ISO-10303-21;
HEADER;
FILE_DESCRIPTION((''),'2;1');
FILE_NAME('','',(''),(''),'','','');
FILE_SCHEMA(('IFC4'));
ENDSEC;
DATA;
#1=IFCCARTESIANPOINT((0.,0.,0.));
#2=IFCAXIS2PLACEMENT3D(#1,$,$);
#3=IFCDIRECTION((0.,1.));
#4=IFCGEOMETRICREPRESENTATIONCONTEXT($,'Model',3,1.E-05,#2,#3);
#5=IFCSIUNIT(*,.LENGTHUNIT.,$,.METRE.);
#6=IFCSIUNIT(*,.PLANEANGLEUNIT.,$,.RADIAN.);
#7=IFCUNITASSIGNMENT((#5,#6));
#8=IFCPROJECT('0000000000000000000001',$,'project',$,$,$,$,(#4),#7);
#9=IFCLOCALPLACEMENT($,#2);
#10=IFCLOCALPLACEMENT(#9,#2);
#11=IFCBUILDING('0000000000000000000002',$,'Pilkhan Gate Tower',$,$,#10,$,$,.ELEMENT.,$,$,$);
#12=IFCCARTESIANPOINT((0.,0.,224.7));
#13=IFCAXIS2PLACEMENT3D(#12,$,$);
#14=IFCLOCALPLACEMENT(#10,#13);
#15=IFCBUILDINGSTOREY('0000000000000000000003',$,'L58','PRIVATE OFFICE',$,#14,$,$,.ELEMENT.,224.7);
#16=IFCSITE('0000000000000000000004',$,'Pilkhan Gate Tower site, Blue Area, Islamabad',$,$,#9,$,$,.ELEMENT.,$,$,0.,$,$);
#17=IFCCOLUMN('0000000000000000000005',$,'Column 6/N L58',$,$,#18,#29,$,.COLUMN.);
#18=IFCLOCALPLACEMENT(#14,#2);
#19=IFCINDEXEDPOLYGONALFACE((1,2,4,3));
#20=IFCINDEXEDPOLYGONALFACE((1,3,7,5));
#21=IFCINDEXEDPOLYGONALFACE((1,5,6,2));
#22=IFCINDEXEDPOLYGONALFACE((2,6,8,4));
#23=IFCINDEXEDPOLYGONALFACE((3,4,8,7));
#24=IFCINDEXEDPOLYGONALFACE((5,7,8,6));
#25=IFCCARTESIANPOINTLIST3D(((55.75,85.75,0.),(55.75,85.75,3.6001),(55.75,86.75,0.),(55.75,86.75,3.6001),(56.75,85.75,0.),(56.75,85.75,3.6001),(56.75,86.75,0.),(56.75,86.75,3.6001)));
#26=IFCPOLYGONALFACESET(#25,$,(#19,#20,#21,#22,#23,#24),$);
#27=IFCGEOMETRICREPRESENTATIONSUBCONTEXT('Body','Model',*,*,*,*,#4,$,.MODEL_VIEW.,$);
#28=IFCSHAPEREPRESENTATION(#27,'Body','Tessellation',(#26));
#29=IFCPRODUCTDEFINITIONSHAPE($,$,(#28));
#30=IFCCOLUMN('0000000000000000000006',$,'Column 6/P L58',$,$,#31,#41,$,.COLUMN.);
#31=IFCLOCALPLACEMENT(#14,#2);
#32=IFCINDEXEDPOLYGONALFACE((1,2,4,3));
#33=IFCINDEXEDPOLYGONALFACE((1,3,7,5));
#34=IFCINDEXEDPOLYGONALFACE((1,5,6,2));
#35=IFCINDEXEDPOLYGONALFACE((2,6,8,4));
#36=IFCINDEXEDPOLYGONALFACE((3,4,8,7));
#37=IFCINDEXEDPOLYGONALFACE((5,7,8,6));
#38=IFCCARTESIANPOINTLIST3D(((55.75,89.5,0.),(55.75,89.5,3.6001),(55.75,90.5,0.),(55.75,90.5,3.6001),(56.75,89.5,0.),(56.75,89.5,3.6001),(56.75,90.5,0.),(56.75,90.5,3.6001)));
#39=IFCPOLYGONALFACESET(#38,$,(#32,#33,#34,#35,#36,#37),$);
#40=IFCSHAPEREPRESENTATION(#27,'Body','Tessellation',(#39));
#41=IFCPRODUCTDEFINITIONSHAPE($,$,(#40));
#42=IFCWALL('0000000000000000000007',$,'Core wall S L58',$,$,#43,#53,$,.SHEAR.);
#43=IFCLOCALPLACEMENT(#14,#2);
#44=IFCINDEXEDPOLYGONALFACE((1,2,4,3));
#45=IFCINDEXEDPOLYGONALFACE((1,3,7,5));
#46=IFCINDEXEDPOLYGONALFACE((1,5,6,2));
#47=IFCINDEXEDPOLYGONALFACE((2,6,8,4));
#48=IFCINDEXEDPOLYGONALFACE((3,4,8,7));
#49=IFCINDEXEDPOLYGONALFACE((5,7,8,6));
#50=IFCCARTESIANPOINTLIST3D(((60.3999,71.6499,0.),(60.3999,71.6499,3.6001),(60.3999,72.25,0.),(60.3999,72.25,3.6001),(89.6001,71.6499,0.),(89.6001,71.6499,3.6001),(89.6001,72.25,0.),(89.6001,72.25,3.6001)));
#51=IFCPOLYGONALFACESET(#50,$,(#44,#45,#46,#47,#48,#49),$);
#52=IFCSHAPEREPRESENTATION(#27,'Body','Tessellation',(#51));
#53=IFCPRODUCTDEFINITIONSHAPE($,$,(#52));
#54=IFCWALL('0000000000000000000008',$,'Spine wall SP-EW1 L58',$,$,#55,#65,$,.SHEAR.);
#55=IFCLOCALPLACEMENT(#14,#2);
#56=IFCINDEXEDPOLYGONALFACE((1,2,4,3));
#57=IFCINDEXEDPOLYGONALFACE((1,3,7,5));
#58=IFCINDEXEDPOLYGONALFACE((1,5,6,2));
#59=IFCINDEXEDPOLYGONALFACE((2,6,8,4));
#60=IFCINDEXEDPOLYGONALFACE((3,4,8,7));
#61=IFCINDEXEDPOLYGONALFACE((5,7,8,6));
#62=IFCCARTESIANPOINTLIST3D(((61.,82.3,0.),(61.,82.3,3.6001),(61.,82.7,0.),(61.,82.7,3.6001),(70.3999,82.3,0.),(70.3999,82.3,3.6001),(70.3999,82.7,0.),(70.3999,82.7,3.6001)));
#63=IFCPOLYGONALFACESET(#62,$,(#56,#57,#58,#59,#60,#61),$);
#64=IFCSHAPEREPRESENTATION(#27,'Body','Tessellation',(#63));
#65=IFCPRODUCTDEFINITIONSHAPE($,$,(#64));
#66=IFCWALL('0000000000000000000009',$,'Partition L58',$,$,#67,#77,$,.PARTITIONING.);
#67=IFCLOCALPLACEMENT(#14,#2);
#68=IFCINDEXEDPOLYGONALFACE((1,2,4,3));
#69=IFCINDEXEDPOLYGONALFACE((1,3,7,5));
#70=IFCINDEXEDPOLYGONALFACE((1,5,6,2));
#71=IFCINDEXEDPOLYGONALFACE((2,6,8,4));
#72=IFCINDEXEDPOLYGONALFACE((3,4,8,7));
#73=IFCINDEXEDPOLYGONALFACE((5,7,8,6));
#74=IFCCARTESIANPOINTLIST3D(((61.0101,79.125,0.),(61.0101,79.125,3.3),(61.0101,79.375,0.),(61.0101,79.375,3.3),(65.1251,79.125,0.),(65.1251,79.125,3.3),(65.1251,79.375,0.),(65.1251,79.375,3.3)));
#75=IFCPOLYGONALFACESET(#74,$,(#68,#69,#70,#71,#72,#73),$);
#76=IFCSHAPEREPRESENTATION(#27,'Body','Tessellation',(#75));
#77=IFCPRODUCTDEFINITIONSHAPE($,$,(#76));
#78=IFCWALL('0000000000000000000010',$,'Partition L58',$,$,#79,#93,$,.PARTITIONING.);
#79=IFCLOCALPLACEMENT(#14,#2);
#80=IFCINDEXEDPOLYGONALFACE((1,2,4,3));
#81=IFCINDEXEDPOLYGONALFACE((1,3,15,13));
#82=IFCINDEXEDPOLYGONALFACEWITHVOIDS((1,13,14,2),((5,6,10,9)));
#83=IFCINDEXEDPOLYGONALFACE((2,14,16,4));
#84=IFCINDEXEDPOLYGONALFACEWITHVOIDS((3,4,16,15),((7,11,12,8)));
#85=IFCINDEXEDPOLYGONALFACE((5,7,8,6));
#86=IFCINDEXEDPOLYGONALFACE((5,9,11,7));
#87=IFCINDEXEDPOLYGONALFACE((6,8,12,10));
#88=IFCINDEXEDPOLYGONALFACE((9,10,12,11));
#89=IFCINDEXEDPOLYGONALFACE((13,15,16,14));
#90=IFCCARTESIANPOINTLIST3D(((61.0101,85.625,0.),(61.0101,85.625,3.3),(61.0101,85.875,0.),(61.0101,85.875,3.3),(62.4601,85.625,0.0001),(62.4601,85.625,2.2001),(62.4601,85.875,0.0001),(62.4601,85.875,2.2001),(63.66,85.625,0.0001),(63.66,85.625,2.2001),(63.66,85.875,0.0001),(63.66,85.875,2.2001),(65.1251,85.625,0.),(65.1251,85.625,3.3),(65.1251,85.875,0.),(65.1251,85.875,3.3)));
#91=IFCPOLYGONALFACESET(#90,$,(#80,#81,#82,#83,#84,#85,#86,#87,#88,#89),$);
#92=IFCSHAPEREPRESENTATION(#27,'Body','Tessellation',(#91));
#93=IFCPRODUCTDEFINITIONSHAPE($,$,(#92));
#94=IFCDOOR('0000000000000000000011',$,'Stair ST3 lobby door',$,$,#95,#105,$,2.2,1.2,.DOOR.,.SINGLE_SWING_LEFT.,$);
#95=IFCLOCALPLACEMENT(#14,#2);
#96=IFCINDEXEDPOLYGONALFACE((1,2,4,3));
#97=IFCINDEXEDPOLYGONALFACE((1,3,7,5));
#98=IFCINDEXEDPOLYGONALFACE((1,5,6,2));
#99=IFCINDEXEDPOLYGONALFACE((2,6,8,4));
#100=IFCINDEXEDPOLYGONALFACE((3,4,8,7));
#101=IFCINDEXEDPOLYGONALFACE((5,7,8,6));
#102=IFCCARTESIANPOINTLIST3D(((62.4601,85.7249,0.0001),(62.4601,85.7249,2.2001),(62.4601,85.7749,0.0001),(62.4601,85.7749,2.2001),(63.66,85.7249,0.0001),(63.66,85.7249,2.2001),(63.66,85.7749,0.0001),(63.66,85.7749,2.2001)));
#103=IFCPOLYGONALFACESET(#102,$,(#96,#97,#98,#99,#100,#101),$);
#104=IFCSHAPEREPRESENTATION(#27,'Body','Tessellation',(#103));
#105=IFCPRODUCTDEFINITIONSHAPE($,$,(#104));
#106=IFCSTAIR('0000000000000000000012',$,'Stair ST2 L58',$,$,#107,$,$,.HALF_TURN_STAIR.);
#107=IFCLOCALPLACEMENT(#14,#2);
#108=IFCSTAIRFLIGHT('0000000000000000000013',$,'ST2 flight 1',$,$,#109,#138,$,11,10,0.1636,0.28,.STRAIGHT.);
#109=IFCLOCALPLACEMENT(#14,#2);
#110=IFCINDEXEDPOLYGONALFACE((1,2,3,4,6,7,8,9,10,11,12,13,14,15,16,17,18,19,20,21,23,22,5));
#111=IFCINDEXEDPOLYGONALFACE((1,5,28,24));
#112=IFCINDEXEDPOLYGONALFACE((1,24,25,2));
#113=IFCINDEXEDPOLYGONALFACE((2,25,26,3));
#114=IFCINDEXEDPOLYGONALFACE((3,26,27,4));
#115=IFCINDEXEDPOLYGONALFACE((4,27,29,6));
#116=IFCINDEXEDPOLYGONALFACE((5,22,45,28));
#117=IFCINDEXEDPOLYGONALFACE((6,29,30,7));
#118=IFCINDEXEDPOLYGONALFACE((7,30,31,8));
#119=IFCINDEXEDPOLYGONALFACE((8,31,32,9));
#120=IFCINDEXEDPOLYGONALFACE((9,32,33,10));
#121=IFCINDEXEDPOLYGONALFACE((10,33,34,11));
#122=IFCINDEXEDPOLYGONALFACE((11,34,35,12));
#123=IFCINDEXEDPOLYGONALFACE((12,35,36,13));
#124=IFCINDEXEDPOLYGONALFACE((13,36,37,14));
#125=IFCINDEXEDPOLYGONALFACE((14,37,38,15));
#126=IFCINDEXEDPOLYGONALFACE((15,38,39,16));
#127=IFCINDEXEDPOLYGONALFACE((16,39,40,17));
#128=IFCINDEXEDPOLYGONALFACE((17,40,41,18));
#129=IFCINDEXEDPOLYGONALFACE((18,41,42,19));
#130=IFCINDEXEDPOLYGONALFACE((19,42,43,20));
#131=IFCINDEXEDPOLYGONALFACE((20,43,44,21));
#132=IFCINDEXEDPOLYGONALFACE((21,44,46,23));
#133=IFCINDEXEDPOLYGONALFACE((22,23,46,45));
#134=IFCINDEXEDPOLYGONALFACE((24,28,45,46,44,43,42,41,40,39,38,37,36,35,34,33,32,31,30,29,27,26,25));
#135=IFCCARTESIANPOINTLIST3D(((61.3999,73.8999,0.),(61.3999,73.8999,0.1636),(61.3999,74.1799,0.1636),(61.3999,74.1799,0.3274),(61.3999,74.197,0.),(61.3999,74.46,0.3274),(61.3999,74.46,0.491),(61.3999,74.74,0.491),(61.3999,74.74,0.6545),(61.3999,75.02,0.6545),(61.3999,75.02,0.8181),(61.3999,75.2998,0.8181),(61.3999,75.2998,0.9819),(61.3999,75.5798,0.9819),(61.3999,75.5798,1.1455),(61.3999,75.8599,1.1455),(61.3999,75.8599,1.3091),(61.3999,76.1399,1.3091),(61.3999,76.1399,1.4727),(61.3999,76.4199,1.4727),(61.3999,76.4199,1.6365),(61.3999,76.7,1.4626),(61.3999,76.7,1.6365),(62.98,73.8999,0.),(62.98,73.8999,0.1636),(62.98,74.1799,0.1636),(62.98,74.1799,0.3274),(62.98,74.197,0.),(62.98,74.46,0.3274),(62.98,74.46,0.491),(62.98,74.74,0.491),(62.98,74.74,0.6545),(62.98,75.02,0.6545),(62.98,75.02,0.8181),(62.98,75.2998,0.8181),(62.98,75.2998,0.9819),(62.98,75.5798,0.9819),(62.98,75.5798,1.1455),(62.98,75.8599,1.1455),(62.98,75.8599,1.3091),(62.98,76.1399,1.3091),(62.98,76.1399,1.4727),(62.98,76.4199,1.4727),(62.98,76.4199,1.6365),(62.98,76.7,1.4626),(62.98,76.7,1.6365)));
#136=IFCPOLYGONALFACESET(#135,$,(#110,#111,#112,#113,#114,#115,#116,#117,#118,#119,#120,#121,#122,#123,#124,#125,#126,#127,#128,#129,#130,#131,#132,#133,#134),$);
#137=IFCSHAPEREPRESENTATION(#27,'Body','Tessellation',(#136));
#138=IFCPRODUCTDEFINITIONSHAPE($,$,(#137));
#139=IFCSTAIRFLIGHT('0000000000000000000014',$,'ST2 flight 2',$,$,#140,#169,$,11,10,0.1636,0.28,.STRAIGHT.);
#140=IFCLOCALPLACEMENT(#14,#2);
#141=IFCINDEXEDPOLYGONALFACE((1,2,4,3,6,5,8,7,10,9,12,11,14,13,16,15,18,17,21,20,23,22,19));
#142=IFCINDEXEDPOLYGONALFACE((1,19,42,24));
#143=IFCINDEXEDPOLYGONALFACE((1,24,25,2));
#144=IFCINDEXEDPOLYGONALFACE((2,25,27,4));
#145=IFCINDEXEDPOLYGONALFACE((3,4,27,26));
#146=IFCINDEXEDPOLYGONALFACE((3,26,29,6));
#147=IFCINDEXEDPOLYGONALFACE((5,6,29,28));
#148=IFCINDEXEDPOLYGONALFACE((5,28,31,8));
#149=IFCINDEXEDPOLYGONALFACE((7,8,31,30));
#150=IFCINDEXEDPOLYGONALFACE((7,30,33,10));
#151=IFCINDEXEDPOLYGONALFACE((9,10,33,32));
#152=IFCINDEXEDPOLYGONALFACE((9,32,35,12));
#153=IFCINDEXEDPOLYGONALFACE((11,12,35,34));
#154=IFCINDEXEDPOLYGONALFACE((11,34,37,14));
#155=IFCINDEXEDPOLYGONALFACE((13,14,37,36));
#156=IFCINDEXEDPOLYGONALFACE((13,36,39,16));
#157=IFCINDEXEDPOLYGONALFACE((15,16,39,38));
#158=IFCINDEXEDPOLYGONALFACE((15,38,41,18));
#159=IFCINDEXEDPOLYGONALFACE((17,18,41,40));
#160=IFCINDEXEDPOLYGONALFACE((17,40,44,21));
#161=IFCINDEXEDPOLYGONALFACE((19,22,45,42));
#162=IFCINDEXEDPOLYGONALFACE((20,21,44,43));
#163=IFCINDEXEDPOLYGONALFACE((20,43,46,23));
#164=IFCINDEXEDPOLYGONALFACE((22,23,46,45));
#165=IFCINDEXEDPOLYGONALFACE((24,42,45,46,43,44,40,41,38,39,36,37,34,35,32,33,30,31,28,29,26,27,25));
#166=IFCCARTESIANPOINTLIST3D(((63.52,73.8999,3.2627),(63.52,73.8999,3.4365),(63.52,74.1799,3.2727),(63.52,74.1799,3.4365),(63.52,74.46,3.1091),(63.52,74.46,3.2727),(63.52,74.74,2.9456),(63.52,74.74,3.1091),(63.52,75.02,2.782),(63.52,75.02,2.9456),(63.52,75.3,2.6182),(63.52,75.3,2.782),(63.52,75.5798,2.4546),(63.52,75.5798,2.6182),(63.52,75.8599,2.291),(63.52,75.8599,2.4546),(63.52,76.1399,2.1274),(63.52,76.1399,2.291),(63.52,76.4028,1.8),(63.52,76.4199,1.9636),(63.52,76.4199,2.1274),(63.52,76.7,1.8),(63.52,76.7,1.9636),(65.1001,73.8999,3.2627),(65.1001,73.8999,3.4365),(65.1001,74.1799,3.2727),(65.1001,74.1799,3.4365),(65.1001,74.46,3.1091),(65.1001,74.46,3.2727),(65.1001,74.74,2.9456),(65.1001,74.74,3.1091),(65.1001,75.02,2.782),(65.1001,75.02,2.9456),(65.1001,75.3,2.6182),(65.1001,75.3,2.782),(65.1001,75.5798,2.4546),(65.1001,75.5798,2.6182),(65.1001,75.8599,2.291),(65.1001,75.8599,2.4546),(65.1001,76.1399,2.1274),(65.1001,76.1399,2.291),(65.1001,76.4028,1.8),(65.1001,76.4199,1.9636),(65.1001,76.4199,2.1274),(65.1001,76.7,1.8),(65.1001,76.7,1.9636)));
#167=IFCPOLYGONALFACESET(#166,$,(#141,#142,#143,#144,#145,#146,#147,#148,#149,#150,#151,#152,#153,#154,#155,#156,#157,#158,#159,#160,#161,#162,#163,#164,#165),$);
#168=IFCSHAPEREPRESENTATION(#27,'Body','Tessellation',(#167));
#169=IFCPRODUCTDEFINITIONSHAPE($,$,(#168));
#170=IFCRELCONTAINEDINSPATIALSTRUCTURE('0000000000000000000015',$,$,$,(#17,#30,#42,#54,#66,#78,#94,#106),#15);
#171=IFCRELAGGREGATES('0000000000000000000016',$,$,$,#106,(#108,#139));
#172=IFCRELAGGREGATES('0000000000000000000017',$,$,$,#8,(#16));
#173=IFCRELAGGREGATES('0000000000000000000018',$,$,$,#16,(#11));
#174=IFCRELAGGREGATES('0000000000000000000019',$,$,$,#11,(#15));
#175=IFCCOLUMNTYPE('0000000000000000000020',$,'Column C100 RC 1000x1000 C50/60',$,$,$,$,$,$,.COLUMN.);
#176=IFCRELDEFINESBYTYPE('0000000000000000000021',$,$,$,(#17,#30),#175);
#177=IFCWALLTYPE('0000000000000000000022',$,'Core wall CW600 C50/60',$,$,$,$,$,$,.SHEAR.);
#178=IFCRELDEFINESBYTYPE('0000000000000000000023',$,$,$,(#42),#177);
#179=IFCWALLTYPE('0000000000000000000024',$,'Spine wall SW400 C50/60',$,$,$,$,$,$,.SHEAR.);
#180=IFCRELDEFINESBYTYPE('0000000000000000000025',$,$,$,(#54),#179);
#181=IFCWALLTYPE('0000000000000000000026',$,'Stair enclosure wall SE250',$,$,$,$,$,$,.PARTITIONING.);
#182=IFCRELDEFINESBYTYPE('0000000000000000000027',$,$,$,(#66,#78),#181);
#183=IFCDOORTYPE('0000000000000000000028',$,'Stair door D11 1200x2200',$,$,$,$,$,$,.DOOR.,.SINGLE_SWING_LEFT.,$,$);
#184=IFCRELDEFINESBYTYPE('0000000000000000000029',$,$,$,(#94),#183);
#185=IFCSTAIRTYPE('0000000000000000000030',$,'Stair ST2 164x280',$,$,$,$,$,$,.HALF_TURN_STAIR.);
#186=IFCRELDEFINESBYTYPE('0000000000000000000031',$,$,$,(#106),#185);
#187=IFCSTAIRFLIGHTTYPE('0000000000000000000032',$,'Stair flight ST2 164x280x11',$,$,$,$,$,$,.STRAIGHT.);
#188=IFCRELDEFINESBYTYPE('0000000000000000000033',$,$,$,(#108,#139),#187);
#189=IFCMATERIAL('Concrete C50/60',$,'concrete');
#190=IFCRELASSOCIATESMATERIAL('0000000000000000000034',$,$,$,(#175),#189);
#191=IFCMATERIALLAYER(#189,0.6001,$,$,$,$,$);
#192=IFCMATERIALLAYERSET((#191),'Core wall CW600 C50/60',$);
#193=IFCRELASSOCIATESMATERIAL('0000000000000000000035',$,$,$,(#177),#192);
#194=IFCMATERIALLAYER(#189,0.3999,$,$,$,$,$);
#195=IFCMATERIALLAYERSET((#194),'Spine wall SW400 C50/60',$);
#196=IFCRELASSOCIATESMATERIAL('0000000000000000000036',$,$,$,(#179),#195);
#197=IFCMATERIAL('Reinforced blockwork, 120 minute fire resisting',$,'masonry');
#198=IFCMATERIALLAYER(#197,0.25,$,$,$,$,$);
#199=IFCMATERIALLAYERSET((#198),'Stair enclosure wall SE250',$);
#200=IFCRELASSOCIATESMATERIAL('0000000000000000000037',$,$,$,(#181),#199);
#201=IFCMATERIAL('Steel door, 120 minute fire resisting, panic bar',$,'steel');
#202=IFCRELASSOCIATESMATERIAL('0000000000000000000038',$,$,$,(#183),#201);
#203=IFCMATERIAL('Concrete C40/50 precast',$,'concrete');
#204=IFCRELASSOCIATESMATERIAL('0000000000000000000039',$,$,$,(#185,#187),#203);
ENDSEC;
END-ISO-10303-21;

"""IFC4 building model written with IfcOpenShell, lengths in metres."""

from ifc_helpers import new_model, si_unit, direction, frame, frame_2d, origin, origin_2d, place, context, subcontext, project, spatial, polyline, rectangle, outline, extrude, material, layer, layer_set, material_profile, profile_set, type_object, element, fill, aggregate, save


model = new_model("IFC4")

# Units and contexts
model_context = context("Model", 3, precision=1e-05, world=origin(), true_north=direction((0.0, 1.0)))
body_context = subcontext(model_context, "Body", "Model", "MODEL_VIEW")
ifc_project = project(units=[si_unit("LENGTHUNIT", "METRE"), si_unit("PLANEANGLEUNIT", "RADIAN")], contexts=[model_context])

# Site, building, storey
site_placement = place(None, origin())
site = spatial("IfcSite", under=ifc_project, at=site_placement, Name="Pilkhan Gate Tower site, Blue Area, Islamabad", CompositionType="ELEMENT", RefElevation=0.0)
building_placement = place(site_placement, origin())
building = spatial("IfcBuilding", under=site, at=building_placement, Name="Pilkhan Gate Tower", CompositionType="ELEMENT")
storey_placement = place(building_placement, frame((0.0, 0.0, 224.7)))
storey = spatial("IfcBuildingStorey", under=building, at=storey_placement, Name="L58", Description="PRIVATE OFFICE", CompositionType="ELEMENT", Elevation=224.7)

# Columns
ifc_material_1 = material(Name="Concrete C50/60", Category="concrete")
ifc_material_profile = material_profile(ifc_material_1, rectangle(XDim=1.0, YDim=1.0, at=origin_2d()), Name="RC 1000x1000")
ifc_profile_set = profile_set([ifc_material_profile], Name="Concrete C50/60")
column_type = type_object("IfcColumnType", Name="Column C100 RC 1000x1000 C50/60", PredefinedType="COLUMN", material=ifc_profile_set)
for number, where, z_axis, x_axis, name in (
    (1, (56.25, 86.25, 0.0), (0.0, 0.0, 1.0), (1.0, 0.0, 0.0), "Column 6/N L58"),
    (2, (56.25, 90.0, 0.0), (0.0, 0.0, 1.0), (1.0, 0.0, 0.0), "Column 6/P L58"),
):
    element("IfcColumn", number, at=place(storey_placement, frame(where, z_axis=z_axis, x_axis=x_axis)), inside=storey, type_object=column_type, Name=name, PredefinedType="COLUMN", context=body_context, shape_type="SweptSolid", body=[
        extrude(rectangle(XDim=1.0, YDim=1.0, at=origin_2d()), origin(), (0.0, 0.0, 1.0), 3.6001),
    ])

# Walls
ifc_layer_1 = layer(ifc_material_1, 0.6001)
ifc_layer_set_1 = layer_set([ifc_layer_1], Name="Core wall CW600 C50/60")
wall_type_1 = type_object("IfcWallType", Name="Core wall CW600 C50/60", PredefinedType="SHEAR", material=ifc_layer_set_1)
wall_1_placement = place(storey_placement, frame((60.3999, 71.95, 0.0), z_axis=(0.0, 0.0, 1.0), x_axis=(1.0, 0.0, 0.0)))
element("IfcWall", 3, at=wall_1_placement, inside=storey, type_object=wall_type_1, Name="Core wall S L58", PredefinedType="SHEAR", context=body_context, shape_type="SweptSolid", body=[
    extrude(rectangle(XDim=29.2002, YDim=0.6001, at=frame_2d((14.6001, 0.0))), origin(), (0.0, 0.0, 1.0), 3.6001),
])
ifc_layer_2 = layer(ifc_material_1, 0.3999)
ifc_layer_set_2 = layer_set([ifc_layer_2], Name="Spine wall SW400 C50/60")
wall_type_2 = type_object("IfcWallType", Name="Spine wall SW400 C50/60", PredefinedType="SHEAR", material=ifc_layer_set_2)
wall_2_placement = place(storey_placement, frame((61.0, 82.5, 0.0), z_axis=(0.0, 0.0, 1.0), x_axis=(1.0, 0.0, 0.0)))
element("IfcWall", 4, at=wall_2_placement, inside=storey, type_object=wall_type_2, Name="Spine wall SP-EW1 L58", PredefinedType="SHEAR", context=body_context, shape_type="SweptSolid", body=[
    extrude(rectangle(XDim=9.3999, YDim=0.3999, at=frame_2d((4.7, 0.0))), origin(), (0.0, 0.0, 1.0), 3.6001),
])
ifc_material_2 = material(Name="Reinforced blockwork, 120 minute fire resisting", Category="masonry")
ifc_layer_3 = layer(ifc_material_2, 0.25)
ifc_layer_set_3 = layer_set([ifc_layer_3], Name="Stair enclosure wall SE250")
wall_type_3 = type_object("IfcWallType", Name="Stair enclosure wall SE250", PredefinedType="PARTITIONING", material=ifc_layer_set_3)
wall_3_placement = place(storey_placement, frame((61.01, 79.25, 0.0), z_axis=(0.0, 0.0, 1.0), x_axis=(1.0, 0.0, 0.0)))
element("IfcWall", 5, at=wall_3_placement, inside=storey, type_object=wall_type_3, Name="Partition L58", PredefinedType="PARTITIONING", context=body_context, shape_type="SweptSolid", body=[
    extrude(rectangle(XDim=4.115, YDim=0.25, at=frame_2d((2.0576, 0.0))), origin(), (0.0, 0.0, 1.0), 3.3),
])

# Wall, opening, door
wall_4_placement = place(storey_placement, frame((61.01, 85.75, 0.0), z_axis=(0.0, 0.0, 1.0), x_axis=(1.0, 0.0, 0.0)))
wall_4 = element("IfcWall", 6, at=wall_4_placement, inside=storey, type_object=wall_type_3, Name="Partition L58", PredefinedType="PARTITIONING", context=body_context, shape_type="SweptSolid", body=[
    extrude(rectangle(XDim=4.115, YDim=0.25, at=frame_2d((2.0576, 0.0))), origin(), (0.0, 0.0, 1.0), 3.3),
])
opening_placement = place(wall_4_placement, frame((1.45, 0.0, 0.0)))
opening = element("IfcOpeningElement", 7, at=opening_placement, cuts=wall_4, PredefinedType="OPENING", context=body_context, shape_type="SweptSolid", body=[
    extrude(rectangle(XDim=1.2, YDim=2.2, at=frame_2d((0.6001, 1.1001))), frame((0.0, 0.135, 0.0), z_axis=(0.0, -1.0, 0.0), x_axis=(1.0, 0.0, 0.0)), (0.0, 0.0, 1.0), 0.27),
])
ifc_material_3 = material(Name="Steel door, 120 minute fire resisting, panic bar", Category="steel")
door_type = type_object("IfcDoorType", Name="Stair door D11 1200x2200", OperationType="SINGLE_SWING_LEFT", PredefinedType="DOOR", material=ifc_material_3)
door_placement = place(opening_placement, origin())
door = element("IfcDoor", 8, at=door_placement, inside=storey, type_object=door_type, Name="Stair ST3 lobby door", OperationType="SINGLE_SWING_LEFT", OverallHeight=2.2, OverallWidth=1.2, PredefinedType="DOOR", context=body_context, shape_type="SweptSolid", body=[
    extrude(rectangle(XDim=1.2, YDim=2.2, at=frame_2d((0.6001, 1.1001))), frame((0.0, 0.0249, 0.0), z_axis=(0.0, -1.0, 0.0), x_axis=(1.0, 0.0, 0.0)), (0.0, 0.0, 1.0), 0.05),
])
fill(opening, door)

# Stair, stair flights
ifc_material_4 = material(Name="Concrete C40/50 precast", Category="concrete")
stair_type_1 = type_object("IfcStairType", Name="Stair ST2 164x280", PredefinedType="HALF_TURN_STAIR", material=ifc_material_4)
stair_1_placement = place(storey_placement, origin())
stair_1 = element("IfcStair", 9, at=stair_1_placement, inside=storey, type_object=stair_type_1, Name="Stair ST2 L58", PredefinedType="HALF_TURN_STAIR")
stair_flight_type_1 = type_object("IfcStairFlightType", Name="Stair flight ST2 164x280x11", PredefinedType="STRAIGHT", material=ifc_material_4)
stair_flight_1_placement = place(storey_placement, frame((62.1899, 73.8999, 0.0), z_axis=(0.0, 0.0, 1.0), x_axis=(0.0, 1.0, 0.0)))
stair_flight_1 = element("IfcStairFlight", 10, at=stair_flight_1_placement, type_object=stair_flight_type_1, Name="ST2 flight 1", NumberOfRisers=11, NumberOfTreads=10, PredefinedType="STRAIGHT", RiserHeight=0.1636, TreadLength=0.28, context=body_context, shape_type="SweptSolid", body=[
    extrude(outline(polyline([(0.0, 0.0), (0.0, 0.1636), (0.28, 0.1636), (0.28, 0.3274), (0.5601, 0.3274), (0.5601, 0.491), (0.8401, 0.491), (0.8401, 0.6545), (1.1201, 0.6545), (1.1201, 0.8181), (1.3999, 0.8181), (1.3999, 0.9819), (1.6799, 0.9819), (1.6799, 1.1455), (1.96, 1.1455), (1.96, 1.3091), (2.24, 1.3091), (2.24, 1.4727), (2.52, 1.4727), (2.52, 1.6365), (2.8, 1.6365), (2.8, 1.8), (2.8, 1.4626), (0.2971, 0.0), (0.0, 0.0)])), frame((0.0, 0.79, 0.0), z_axis=(0.0, -1.0, 0.0), x_axis=(1.0, 0.0, 0.0)), (0.0, 0.0, 1.0), 1.5801),
])
stair_flight_2_placement = place(storey_placement, frame((64.3101, 76.7, 1.8), z_axis=(0.0, 0.0, 1.0), x_axis=(0.0, -1.0, 0.0)))
stair_flight_2 = element("IfcStairFlight", 11, at=stair_flight_2_placement, type_object=stair_flight_type_1, Name="ST2 flight 2", NumberOfRisers=11, NumberOfTreads=10, PredefinedType="STRAIGHT", RiserHeight=0.1636, TreadLength=0.28, context=body_context, shape_type="SweptSolid", body=[
    extrude(outline(polyline([(0.0, 0.0), (0.0, 0.1636), (0.28, 0.1636), (0.28, 0.3274), (0.5601, 0.3274), (0.5601, 0.491), (0.8401, 0.491), (0.8401, 0.6545), (1.1201, 0.6545), (1.1201, 0.8181), (1.3999, 0.8181), (1.3999, 0.9819), (1.6799, 0.9819), (1.6799, 1.1455), (1.96, 1.1455), (1.96, 1.3091), (2.24, 1.3091), (2.24, 1.4727), (2.52, 1.4727), (2.52, 1.6365), (2.8, 1.6365), (2.8, 1.8), (2.8, 1.4626), (0.2971, 0.0), (0.0, 0.0)])), frame((0.0, 0.79, 0.0), z_axis=(0.0, -1.0, 0.0), x_axis=(1.0, 0.0, 0.0)), (0.0, 0.0, 1.0), 1.5801),
])
aggregate(stair_1, [stair_flight_1, stair_flight_2])

save(model, "model.ifc")
